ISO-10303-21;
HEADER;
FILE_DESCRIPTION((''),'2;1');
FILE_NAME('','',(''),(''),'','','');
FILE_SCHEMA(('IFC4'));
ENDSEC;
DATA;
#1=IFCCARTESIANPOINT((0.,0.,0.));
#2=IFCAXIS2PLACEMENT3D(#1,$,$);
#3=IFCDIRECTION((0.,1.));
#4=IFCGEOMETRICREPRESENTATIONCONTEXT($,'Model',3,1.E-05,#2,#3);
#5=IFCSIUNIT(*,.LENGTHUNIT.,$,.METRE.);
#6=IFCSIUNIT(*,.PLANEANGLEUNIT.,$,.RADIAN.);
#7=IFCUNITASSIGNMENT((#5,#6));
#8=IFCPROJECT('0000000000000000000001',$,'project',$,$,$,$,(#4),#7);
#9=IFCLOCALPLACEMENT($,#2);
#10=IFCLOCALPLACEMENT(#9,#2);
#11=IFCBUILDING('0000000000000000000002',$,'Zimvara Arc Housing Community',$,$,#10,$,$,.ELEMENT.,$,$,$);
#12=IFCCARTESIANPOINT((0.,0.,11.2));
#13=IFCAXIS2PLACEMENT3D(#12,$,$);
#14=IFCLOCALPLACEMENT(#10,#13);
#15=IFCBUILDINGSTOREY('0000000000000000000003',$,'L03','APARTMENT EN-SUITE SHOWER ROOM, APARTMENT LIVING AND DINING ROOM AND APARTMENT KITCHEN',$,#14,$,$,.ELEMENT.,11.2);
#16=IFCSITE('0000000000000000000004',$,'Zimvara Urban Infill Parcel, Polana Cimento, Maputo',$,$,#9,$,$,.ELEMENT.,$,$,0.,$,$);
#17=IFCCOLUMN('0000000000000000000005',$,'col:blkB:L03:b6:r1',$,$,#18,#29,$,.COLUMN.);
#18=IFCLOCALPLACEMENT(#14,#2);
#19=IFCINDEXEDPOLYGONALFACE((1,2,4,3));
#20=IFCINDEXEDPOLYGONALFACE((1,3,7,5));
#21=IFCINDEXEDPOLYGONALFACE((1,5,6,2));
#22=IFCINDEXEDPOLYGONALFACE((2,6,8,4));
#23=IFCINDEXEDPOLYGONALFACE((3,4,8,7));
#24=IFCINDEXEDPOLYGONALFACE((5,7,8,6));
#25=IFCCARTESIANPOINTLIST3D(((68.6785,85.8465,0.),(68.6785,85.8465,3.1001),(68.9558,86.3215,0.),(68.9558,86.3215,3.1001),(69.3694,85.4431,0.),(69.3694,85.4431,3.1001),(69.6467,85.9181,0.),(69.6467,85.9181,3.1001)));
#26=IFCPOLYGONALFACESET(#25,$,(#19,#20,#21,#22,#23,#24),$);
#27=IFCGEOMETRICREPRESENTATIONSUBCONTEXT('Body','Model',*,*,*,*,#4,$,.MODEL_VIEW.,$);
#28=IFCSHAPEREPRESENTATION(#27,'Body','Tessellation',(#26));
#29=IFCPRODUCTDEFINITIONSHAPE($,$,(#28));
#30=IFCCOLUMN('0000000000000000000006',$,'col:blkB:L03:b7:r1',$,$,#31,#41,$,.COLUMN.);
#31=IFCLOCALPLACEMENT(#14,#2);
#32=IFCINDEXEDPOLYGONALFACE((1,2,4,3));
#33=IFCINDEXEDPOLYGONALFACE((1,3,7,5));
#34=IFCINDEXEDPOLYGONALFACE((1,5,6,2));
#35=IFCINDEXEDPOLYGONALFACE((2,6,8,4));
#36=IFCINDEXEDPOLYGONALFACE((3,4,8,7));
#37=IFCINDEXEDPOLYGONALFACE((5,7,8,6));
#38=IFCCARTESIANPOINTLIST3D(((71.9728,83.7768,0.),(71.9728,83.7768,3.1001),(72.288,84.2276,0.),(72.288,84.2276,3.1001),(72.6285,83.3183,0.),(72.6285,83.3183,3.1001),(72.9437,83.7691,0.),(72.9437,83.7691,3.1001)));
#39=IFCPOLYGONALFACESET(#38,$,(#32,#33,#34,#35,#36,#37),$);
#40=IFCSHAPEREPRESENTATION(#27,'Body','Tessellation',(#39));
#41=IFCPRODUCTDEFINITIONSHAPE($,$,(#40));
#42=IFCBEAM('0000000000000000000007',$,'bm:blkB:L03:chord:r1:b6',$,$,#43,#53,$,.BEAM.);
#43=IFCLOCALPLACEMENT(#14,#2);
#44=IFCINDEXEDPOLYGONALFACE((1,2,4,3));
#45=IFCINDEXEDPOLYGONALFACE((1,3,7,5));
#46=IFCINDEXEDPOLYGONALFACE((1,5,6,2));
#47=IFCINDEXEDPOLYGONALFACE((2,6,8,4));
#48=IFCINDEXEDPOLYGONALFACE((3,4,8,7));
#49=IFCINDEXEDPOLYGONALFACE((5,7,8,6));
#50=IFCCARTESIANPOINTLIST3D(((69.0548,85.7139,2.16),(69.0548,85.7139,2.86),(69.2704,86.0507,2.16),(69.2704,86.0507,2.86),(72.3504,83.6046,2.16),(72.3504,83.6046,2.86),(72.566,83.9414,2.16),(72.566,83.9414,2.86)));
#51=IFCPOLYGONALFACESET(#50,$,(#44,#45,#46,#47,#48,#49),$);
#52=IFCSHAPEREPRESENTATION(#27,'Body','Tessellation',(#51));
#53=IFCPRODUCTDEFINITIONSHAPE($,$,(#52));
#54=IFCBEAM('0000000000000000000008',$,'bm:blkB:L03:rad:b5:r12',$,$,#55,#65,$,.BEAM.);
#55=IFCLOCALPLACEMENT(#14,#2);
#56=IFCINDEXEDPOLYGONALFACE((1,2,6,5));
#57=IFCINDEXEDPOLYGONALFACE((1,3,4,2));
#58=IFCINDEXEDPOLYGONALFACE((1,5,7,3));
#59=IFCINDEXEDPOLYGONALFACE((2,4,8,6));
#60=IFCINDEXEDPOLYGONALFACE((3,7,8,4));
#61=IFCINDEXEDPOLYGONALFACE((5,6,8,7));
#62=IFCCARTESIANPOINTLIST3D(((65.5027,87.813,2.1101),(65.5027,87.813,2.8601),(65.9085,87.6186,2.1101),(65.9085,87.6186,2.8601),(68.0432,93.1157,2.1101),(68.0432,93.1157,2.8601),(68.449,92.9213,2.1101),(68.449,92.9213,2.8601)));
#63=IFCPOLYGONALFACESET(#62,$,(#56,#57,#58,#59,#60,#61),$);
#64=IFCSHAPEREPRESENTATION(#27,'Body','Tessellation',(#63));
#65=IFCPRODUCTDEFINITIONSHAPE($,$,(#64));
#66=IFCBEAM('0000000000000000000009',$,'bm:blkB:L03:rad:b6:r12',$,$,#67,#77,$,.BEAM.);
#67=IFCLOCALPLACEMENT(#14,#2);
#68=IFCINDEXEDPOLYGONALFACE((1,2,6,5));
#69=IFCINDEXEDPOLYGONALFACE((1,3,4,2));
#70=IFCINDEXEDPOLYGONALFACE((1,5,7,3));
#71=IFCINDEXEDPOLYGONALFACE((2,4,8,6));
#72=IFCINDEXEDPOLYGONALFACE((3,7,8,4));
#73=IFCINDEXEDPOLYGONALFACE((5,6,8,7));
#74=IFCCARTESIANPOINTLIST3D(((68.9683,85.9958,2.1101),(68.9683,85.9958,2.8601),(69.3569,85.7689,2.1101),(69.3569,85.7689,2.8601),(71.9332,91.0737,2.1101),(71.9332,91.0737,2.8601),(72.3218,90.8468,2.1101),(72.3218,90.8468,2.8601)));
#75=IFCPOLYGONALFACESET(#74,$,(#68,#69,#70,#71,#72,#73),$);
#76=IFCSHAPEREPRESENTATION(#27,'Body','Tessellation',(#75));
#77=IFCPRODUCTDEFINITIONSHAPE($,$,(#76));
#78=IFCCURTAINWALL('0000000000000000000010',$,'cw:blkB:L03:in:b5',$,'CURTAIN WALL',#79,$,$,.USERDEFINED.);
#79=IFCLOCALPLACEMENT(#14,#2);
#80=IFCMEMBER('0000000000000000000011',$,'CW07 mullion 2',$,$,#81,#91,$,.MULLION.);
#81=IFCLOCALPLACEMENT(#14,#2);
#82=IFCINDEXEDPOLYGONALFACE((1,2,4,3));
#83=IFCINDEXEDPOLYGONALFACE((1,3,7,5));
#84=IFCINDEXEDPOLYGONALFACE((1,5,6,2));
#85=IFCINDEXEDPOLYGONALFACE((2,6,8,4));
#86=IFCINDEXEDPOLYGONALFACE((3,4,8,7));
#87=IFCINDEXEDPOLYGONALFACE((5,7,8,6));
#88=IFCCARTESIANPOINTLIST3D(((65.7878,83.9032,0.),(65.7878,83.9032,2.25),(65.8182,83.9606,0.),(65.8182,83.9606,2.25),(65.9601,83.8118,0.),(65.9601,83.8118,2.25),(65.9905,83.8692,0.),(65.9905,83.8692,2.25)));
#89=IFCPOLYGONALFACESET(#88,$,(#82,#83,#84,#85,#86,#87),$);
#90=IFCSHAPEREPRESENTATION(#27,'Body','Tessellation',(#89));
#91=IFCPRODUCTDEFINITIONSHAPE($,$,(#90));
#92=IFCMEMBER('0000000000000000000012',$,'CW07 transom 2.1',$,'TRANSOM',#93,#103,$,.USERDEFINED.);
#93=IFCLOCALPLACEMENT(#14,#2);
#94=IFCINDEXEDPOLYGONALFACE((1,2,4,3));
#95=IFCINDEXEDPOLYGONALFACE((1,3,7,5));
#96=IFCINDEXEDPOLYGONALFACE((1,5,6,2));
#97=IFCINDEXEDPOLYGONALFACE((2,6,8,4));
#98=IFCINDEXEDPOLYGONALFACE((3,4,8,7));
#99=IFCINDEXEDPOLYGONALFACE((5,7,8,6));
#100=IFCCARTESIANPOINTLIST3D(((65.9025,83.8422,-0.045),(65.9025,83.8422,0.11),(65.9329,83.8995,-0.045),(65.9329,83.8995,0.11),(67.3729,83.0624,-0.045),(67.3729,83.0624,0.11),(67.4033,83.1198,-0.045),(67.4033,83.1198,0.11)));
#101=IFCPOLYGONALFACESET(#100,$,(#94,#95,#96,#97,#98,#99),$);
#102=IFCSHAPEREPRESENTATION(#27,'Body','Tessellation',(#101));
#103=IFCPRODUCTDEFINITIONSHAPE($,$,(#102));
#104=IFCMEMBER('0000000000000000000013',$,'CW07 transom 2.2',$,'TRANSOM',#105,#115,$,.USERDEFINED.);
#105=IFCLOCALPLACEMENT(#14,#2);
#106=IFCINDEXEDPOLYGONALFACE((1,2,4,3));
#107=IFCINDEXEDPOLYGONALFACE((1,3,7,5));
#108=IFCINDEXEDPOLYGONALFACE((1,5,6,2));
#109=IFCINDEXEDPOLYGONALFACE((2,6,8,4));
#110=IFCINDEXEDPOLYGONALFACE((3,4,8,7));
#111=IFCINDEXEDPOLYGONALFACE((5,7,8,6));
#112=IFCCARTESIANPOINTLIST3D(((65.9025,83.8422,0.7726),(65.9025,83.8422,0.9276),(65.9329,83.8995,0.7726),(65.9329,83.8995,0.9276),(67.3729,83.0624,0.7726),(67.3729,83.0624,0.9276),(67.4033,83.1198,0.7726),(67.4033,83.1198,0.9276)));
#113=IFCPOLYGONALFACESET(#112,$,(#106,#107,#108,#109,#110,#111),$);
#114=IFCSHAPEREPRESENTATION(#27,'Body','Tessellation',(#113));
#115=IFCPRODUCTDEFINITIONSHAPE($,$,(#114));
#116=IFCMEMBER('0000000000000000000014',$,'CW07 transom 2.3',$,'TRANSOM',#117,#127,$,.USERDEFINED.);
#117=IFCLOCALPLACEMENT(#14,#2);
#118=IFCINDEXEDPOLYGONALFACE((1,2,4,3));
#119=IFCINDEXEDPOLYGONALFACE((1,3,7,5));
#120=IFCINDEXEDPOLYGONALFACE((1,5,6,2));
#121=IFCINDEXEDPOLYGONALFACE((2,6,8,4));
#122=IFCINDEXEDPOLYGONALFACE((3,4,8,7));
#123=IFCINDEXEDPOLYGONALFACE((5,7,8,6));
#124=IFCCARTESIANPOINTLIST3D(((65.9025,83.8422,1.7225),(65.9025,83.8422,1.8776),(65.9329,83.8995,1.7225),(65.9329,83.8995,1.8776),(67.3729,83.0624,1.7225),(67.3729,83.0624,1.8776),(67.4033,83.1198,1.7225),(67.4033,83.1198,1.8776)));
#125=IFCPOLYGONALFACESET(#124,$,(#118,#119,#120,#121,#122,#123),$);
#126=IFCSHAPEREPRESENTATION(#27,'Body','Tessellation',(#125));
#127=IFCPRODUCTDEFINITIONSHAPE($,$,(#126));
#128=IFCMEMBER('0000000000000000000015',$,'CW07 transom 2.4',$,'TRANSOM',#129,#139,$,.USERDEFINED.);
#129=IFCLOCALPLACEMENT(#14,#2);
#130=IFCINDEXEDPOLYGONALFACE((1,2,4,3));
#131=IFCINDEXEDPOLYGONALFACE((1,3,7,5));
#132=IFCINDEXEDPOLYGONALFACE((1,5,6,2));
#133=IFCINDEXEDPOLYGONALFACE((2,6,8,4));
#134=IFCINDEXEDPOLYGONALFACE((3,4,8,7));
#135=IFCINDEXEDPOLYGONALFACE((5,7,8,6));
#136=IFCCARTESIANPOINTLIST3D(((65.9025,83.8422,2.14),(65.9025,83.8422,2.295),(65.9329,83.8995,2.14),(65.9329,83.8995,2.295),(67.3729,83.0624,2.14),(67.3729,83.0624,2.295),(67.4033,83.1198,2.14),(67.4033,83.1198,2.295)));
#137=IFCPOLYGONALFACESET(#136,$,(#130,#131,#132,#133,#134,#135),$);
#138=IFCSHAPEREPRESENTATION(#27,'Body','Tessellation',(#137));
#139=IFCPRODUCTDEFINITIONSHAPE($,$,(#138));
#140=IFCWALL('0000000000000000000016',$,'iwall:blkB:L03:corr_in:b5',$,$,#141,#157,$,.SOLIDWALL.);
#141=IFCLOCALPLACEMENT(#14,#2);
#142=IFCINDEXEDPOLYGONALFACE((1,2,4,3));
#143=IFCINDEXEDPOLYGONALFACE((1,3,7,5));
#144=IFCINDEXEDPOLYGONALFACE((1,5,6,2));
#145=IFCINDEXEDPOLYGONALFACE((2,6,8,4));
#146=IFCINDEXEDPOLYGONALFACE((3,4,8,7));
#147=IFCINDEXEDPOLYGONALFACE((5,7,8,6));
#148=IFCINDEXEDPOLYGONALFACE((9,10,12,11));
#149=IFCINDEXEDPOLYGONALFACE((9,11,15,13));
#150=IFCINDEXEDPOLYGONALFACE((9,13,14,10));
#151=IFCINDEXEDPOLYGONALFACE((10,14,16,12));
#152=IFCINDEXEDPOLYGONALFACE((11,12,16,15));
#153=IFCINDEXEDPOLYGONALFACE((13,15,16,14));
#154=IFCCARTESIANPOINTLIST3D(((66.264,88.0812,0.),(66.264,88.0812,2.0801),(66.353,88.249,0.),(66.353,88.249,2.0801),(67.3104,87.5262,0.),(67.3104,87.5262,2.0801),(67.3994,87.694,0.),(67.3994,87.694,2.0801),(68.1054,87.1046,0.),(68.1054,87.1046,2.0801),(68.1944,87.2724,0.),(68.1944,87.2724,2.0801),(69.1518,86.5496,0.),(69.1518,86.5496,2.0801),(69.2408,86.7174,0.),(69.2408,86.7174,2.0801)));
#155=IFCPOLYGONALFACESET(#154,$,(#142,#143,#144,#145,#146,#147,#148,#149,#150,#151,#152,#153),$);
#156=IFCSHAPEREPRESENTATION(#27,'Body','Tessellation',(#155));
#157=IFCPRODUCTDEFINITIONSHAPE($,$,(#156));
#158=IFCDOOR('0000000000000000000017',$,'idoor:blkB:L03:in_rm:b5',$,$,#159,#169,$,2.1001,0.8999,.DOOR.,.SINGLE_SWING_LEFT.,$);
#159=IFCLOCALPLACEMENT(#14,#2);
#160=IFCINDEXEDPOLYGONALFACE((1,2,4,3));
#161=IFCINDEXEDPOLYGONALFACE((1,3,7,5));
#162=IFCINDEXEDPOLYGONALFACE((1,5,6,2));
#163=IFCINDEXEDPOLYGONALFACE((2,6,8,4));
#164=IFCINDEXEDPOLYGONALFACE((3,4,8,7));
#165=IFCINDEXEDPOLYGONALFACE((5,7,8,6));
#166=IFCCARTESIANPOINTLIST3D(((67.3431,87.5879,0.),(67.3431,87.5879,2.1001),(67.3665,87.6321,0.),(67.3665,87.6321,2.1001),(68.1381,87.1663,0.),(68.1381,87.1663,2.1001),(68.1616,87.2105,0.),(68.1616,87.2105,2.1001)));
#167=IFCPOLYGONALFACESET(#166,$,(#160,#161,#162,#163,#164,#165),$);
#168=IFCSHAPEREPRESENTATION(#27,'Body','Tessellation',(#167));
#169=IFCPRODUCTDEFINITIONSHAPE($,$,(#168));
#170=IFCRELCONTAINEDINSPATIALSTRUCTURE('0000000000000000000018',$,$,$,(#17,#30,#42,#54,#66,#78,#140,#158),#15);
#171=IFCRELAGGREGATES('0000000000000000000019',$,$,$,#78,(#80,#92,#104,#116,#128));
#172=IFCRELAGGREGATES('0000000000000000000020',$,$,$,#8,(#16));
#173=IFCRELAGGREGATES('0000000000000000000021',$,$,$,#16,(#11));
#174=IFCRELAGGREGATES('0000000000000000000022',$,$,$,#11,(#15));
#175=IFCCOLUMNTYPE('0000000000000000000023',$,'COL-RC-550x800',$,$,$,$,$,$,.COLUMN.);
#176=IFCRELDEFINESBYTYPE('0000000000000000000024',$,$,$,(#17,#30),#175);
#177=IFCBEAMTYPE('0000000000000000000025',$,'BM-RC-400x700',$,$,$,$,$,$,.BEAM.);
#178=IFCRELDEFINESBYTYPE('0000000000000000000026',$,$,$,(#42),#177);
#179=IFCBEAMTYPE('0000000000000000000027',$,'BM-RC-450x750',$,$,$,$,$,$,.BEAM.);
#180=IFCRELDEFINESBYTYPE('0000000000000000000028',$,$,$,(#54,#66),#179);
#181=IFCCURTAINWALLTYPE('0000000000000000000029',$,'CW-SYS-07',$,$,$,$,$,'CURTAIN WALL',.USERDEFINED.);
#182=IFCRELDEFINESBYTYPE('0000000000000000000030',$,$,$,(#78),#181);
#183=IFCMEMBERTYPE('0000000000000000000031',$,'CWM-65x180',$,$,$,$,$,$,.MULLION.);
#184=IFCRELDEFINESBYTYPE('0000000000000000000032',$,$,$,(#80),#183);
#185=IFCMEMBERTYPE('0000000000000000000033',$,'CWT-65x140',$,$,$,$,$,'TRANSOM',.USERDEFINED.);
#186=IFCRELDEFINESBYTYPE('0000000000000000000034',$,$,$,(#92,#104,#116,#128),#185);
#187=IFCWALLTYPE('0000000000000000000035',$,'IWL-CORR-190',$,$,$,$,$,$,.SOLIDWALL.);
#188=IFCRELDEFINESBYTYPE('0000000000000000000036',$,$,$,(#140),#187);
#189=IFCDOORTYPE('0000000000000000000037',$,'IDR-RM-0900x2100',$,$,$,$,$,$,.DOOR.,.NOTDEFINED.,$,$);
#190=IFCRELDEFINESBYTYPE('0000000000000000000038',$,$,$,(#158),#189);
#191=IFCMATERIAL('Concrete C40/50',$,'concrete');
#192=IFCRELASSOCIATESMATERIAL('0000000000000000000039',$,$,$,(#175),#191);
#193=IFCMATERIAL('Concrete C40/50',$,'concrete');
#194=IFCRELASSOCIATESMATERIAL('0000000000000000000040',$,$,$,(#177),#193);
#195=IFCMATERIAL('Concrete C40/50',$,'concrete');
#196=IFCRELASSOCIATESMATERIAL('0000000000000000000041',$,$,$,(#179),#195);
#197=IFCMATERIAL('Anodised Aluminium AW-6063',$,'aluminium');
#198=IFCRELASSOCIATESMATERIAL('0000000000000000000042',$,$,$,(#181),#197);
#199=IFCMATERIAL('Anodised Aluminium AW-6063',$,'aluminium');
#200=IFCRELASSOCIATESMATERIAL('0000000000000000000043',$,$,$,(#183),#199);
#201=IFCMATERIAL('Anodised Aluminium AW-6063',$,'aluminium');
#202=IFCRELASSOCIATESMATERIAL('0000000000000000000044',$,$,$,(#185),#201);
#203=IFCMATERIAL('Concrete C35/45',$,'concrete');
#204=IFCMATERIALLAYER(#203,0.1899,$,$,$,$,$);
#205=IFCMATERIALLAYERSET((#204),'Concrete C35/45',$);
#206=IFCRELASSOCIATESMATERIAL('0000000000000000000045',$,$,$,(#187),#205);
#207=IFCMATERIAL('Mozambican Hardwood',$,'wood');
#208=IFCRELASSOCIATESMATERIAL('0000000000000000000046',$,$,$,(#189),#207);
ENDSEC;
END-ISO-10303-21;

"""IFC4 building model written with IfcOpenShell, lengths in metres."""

from ifc_helpers import new_model, si_unit, direction, frame, frame_2d, origin, origin_2d, place, context, subcontext, project, spatial, rectangle, extrude, material, layer, layer_set, material_profile, profile_set, type_object, element, fill, aggregate, save


model = new_model("IFC4")

# Units and contexts
model_context = context("Model", 3, precision=1e-05, world=origin(), true_north=direction((0.0, 1.0)))
body_context = subcontext(model_context, "Body", "Model", "MODEL_VIEW")
ifc_project = project(units=[si_unit("LENGTHUNIT", "METRE"), si_unit("PLANEANGLEUNIT", "RADIAN")], contexts=[model_context])

# Site, building, storey
site_placement = place(None, origin())
site = spatial("IfcSite", under=ifc_project, at=site_placement, Name="Zimvara Urban Infill Parcel, Polana Cimento, Maputo", CompositionType="ELEMENT", RefElevation=0.0)
building_placement = place(site_placement, origin())
building = spatial("IfcBuilding", under=site, at=building_placement, Name="Zimvara Arc Housing Community", CompositionType="ELEMENT")
storey_placement = place(building_placement, frame((0.0, 0.0, 11.2)))
storey = spatial("IfcBuildingStorey", under=building, at=storey_placement, Name="L03", Description="APARTMENT EN-SUITE SHOWER ROOM, APARTMENT LIVING AND DINING ROOM AND APARTMENT KITCHEN", CompositionType="ELEMENT", Elevation=11.2)

# Columns
ifc_material_1 = material(Name="Concrete C40/50", Category="concrete")
ifc_material_profile_1 = material_profile(ifc_material_1, rectangle(XDim=0.55, YDim=0.8, at=origin_2d()), Name="RC 550x800")
ifc_profile_set_1 = profile_set([ifc_material_profile_1], Name="Concrete C40/50")
column_type = type_object("IfcColumnType", Name="COL-RC-550x800", PredefinedType="COLUMN", material=ifc_profile_set_1)
for number, where, z_axis, x_axis, name in (
    (1, (69.1626, 85.8823, 0.0), (0.0, 0.0, 1.0), (0.504226, 0.863572, 0.0), "col:blkB:L03:b6:r1"),
    (2, (72.4583, 83.7729, 0.0), (0.0, 0.0, 1.0), (0.573004, 0.819552, 0.0), "col:blkB:L03:b7:r1"),
):
    element("IfcColumn", number, at=place(storey_placement, frame(where, z_axis=z_axis, x_axis=x_axis)), inside=storey, type_object=column_type, Name=name, PredefinedType="COLUMN", context=body_context, shape_type="SweptSolid", body=[
        extrude(rectangle(XDim=0.55, YDim=0.8, at=origin_2d()), origin(), (0.0, 0.0, 1.0), 3.1001),
    ])

# Beams
ifc_material_2 = material(Name="Concrete C40/50", Category="concrete")
ifc_material_profile_2 = material_profile(ifc_material_2, rectangle(XDim=0.3999, YDim=0.7, at=origin_2d()), Name="RC 400x700")
ifc_profile_set_2 = profile_set([ifc_material_profile_2], Name="Concrete C40/50")
beam_type_1 = type_object("IfcBeamType", Name="BM-RC-400x700", PredefinedType="BEAM", material=ifc_profile_set_2)
beam_1_placement = place(storey_placement, frame((69.1626, 85.8823, 2.51), z_axis=(0.842253, -0.539082, 0.0), x_axis=(0.539082, 0.842253, 0.0)))
element("IfcBeam", 3, at=beam_1_placement, inside=storey, type_object=beam_type_1, Name="bm:blkB:L03:chord:r1:b6", PredefinedType="BEAM", context=body_context, shape_type="SweptSolid", body=[
    extrude(rectangle(XDim=0.3999, YDim=0.7, at=origin_2d()), origin(), (0.0, 0.0, 1.0), 3.9128),
])
ifc_material_3 = material(Name="Concrete C40/50", Category="concrete")
ifc_material_profile_3 = material_profile(ifc_material_3, rectangle(XDim=0.45, YDim=0.75, at=origin_2d()), Name="RC 450x750")
ifc_profile_set_3 = profile_set([ifc_material_profile_3], Name="Concrete C40/50")
beam_type_2 = type_object("IfcBeamType", Name="BM-RC-450x750", PredefinedType="BEAM", material=ifc_profile_set_3)
beam_2_placement = place(storey_placement, frame((65.7056, 87.7158, 2.4851), z_axis=(0.43207, 0.90184, 0.0), x_axis=(-0.90184, 0.43207, 0.0)))
element("IfcBeam", 4, at=beam_2_placement, inside=storey, type_object=beam_type_2, Name="bm:blkB:L03:rad:b5:r12", PredefinedType="BEAM", context=body_context, shape_type="SweptSolid", body=[
    extrude(rectangle(XDim=0.45, YDim=0.75, at=origin_2d()), origin(), (0.0, 0.0, 1.0), 5.8799),
])
beam_3_placement = place(storey_placement, frame((69.1626, 85.8823, 2.4851), z_axis=(0.504219, 0.863576, 0.0), x_axis=(-0.863576, 0.504219, 0.0)))
element("IfcBeam", 5, at=beam_3_placement, inside=storey, type_object=beam_type_2, Name="bm:blkB:L03:rad:b6:r12", PredefinedType="BEAM", context=body_context, shape_type="SweptSolid", body=[
    extrude(rectangle(XDim=0.45, YDim=0.75, at=origin_2d()), origin(), (0.0, 0.0, 1.0), 5.8801),
])

# Curtain wall, members
ifc_material_4 = material(Name="Anodised Aluminium AW-6063", Category="aluminium")
curtain_wall_type = type_object("IfcCurtainWallType", Name="CW-SYS-07", ElementType="CURTAIN WALL", PredefinedType="USERDEFINED", material=ifc_material_4)
curtain_wall_placement = place(storey_placement, origin())
curtain_wall = element("IfcCurtainWall", 6, at=curtain_wall_placement, inside=storey, type_object=curtain_wall_type, Name="cw:blkB:L03:in:b5", ObjectType="CURTAIN WALL", PredefinedType="USERDEFINED")
ifc_material_5 = material(Name="Anodised Aluminium AW-6063", Category="aluminium")
ifc_material_profile_4 = material_profile(ifc_material_5, rectangle(XDim=0.0649, YDim=0.1951, at=origin_2d()), Name="ALU 65x195")
ifc_profile_set_4 = profile_set([ifc_material_profile_4], Name="Anodised Aluminium AW-6063")
member_type_1 = type_object("IfcMemberType", Name="CWM-65x180", PredefinedType="MULLION", material=ifc_profile_set_4)
member_1_placement = place(storey_placement, frame((65.8892, 83.8862, 0.0), z_axis=(0.0, 0.0, 1.0), x_axis=(0.468545, 0.88344, 0.0)))
member_1 = element("IfcMember", 7, at=member_1_placement, type_object=member_type_1, Name="CW07 mullion 2", PredefinedType="MULLION", context=body_context, shape_type="SweptSolid", body=[
    extrude(rectangle(XDim=0.0649, YDim=0.1951, at=origin_2d()), origin(), (0.0, 0.0, 1.0), 2.25),
])
ifc_material_6 = material(Name="Anodised Aluminium AW-6063", Category="aluminium")
ifc_material_profile_5 = material_profile(ifc_material_6, rectangle(XDim=0.0649, YDim=0.155, at=origin_2d()), Name="ALU 65x155")
ifc_profile_set_5 = profile_set([ifc_material_profile_5], Name="Anodised Aluminium AW-6063")
member_type_2 = type_object("IfcMemberType", Name="CWT-65x140", ElementType="TRANSOM", PredefinedType="USERDEFINED", material=ifc_profile_set_5)
member_2_placement = place(storey_placement, frame((65.9177, 83.8708, 0.0325), z_axis=(0.883463, -0.468501, 0.0), x_axis=(0.468501, 0.883463, 0.0)))
member_2 = element("IfcMember", 8, at=member_2_placement, type_object=member_type_2, Name="CW07 transom 2.1", ObjectType="TRANSOM", PredefinedType="USERDEFINED", context=body_context, shape_type="SweptSolid", body=[
    extrude(rectangle(XDim=0.0649, YDim=0.155, at=origin_2d()), origin(), (0.0, 0.0, 1.0), 1.6643),
])
member_3_placement = place(storey_placement, frame((65.9177, 83.8708, 0.8501), z_axis=(0.883463, -0.468501, 0.0), x_axis=(0.468501, 0.883463, 0.0)))
member_3 = element("IfcMember", 9, at=member_3_placement, type_object=member_type_2, Name="CW07 transom 2.2", ObjectType="TRANSOM", PredefinedType="USERDEFINED", context=body_context, shape_type="SweptSolid", body=[
    extrude(rectangle(XDim=0.0649, YDim=0.155, at=origin_2d()), origin(), (0.0, 0.0, 1.0), 1.6643),
])
member_4_placement = place(storey_placement, frame((65.9177, 83.8708, 1.8), z_axis=(0.883463, -0.468501, 0.0), x_axis=(0.468501, 0.883463, 0.0)))
member_4 = element("IfcMember", 10, at=member_4_placement, type_object=member_type_2, Name="CW07 transom 2.3", ObjectType="TRANSOM", PredefinedType="USERDEFINED", context=body_context, shape_type="SweptSolid", body=[
    extrude(rectangle(XDim=0.0649, YDim=0.155, at=origin_2d()), origin(), (0.0, 0.0, 1.0), 1.6643),
])
member_5_placement = place(storey_placement, frame((65.9177, 83.8708, 2.2175), z_axis=(0.883463, -0.468501, 0.0), x_axis=(0.468501, 0.883463, 0.0)))
member_5 = element("IfcMember", 11, at=member_5_placement, type_object=member_type_2, Name="CW07 transom 2.4", ObjectType="TRANSOM", PredefinedType="USERDEFINED", context=body_context, shape_type="SweptSolid", body=[
    extrude(rectangle(XDim=0.0649, YDim=0.155, at=origin_2d()), origin(), (0.0, 0.0, 1.0), 1.6643),
])
aggregate(curtain_wall, [member_1, member_2, member_3, member_4, member_5])

# Wall, opening, door
ifc_material_7 = material(Name="Concrete C35/45", Category="concrete")
ifc_layer_1 = layer(ifc_material_7, 0.1899)
ifc_layer_set_1 = layer_set([ifc_layer_1], Name="Concrete C35/45")
wall_type_1 = type_object("IfcWallType", Name="IWL-CORR-190", PredefinedType="SOLIDWALL", material=ifc_layer_set_1)
wall_1_placement = place(storey_placement, frame((66.3086, 88.165, 0.0), z_axis=(0.0, 0.0, 1.0), x_axis=(0.883444, -0.468536, 0.0)))
wall_1 = element("IfcWall", 12, at=wall_1_placement, inside=storey, type_object=wall_type_1, Name="iwall:blkB:L03:corr_in:b5", PredefinedType="SOLIDWALL", context=body_context, shape_type="SweptSolid", body=[
    extrude(rectangle(XDim=3.2688, YDim=0.1899, at=frame_2d((1.6343, 0.0))), origin(), (0.0, 0.0, 1.0), 2.0801),
])
opening_1_placement = place(wall_1_placement, frame((1.1843, 0.0, 0.0)))
opening_1 = element("IfcOpeningElement", 13, at=opening_1_placement, cuts=wall_1, PredefinedType="OPENING", context=body_context, shape_type="SweptSolid", body=[
    extrude(rectangle(XDim=0.8999, YDim=2.1001, at=frame_2d((0.45, 1.05))), frame((0.0, 0.105, 0.0), z_axis=(0.0, -1.0, 0.0), x_axis=(1.0, 0.0, 0.0)), (0.0, 0.0, 1.0), 0.21),
])
ifc_material_8 = material(Name="Mozambican Hardwood", Category="wood")
door_type_1 = type_object("IfcDoorType", Name="IDR-RM-0900x2100", OperationType="NOTDEFINED", PredefinedType="DOOR", material=ifc_material_8)
door_1_placement = place(opening_1_placement, origin())
door_1 = element("IfcDoor", 14, at=door_1_placement, inside=storey, type_object=door_type_1, Name="idoor:blkB:L03:in_rm:b5", OperationType="SINGLE_SWING_LEFT", OverallHeight=2.1001, OverallWidth=0.8999, PredefinedType="DOOR", context=body_context, shape_type="SweptSolid", body=[
    extrude(rectangle(XDim=0.8999, YDim=2.1001, at=frame_2d((0.45, 1.05))), frame((0.0, 0.0249, 0.0), z_axis=(0.0, -1.0, 0.0), x_axis=(1.0, 0.0, 0.0)), (0.0, 0.0, 1.0), 0.05),
])
fill(opening_1, door_1)

save(model, "model.ifc")
